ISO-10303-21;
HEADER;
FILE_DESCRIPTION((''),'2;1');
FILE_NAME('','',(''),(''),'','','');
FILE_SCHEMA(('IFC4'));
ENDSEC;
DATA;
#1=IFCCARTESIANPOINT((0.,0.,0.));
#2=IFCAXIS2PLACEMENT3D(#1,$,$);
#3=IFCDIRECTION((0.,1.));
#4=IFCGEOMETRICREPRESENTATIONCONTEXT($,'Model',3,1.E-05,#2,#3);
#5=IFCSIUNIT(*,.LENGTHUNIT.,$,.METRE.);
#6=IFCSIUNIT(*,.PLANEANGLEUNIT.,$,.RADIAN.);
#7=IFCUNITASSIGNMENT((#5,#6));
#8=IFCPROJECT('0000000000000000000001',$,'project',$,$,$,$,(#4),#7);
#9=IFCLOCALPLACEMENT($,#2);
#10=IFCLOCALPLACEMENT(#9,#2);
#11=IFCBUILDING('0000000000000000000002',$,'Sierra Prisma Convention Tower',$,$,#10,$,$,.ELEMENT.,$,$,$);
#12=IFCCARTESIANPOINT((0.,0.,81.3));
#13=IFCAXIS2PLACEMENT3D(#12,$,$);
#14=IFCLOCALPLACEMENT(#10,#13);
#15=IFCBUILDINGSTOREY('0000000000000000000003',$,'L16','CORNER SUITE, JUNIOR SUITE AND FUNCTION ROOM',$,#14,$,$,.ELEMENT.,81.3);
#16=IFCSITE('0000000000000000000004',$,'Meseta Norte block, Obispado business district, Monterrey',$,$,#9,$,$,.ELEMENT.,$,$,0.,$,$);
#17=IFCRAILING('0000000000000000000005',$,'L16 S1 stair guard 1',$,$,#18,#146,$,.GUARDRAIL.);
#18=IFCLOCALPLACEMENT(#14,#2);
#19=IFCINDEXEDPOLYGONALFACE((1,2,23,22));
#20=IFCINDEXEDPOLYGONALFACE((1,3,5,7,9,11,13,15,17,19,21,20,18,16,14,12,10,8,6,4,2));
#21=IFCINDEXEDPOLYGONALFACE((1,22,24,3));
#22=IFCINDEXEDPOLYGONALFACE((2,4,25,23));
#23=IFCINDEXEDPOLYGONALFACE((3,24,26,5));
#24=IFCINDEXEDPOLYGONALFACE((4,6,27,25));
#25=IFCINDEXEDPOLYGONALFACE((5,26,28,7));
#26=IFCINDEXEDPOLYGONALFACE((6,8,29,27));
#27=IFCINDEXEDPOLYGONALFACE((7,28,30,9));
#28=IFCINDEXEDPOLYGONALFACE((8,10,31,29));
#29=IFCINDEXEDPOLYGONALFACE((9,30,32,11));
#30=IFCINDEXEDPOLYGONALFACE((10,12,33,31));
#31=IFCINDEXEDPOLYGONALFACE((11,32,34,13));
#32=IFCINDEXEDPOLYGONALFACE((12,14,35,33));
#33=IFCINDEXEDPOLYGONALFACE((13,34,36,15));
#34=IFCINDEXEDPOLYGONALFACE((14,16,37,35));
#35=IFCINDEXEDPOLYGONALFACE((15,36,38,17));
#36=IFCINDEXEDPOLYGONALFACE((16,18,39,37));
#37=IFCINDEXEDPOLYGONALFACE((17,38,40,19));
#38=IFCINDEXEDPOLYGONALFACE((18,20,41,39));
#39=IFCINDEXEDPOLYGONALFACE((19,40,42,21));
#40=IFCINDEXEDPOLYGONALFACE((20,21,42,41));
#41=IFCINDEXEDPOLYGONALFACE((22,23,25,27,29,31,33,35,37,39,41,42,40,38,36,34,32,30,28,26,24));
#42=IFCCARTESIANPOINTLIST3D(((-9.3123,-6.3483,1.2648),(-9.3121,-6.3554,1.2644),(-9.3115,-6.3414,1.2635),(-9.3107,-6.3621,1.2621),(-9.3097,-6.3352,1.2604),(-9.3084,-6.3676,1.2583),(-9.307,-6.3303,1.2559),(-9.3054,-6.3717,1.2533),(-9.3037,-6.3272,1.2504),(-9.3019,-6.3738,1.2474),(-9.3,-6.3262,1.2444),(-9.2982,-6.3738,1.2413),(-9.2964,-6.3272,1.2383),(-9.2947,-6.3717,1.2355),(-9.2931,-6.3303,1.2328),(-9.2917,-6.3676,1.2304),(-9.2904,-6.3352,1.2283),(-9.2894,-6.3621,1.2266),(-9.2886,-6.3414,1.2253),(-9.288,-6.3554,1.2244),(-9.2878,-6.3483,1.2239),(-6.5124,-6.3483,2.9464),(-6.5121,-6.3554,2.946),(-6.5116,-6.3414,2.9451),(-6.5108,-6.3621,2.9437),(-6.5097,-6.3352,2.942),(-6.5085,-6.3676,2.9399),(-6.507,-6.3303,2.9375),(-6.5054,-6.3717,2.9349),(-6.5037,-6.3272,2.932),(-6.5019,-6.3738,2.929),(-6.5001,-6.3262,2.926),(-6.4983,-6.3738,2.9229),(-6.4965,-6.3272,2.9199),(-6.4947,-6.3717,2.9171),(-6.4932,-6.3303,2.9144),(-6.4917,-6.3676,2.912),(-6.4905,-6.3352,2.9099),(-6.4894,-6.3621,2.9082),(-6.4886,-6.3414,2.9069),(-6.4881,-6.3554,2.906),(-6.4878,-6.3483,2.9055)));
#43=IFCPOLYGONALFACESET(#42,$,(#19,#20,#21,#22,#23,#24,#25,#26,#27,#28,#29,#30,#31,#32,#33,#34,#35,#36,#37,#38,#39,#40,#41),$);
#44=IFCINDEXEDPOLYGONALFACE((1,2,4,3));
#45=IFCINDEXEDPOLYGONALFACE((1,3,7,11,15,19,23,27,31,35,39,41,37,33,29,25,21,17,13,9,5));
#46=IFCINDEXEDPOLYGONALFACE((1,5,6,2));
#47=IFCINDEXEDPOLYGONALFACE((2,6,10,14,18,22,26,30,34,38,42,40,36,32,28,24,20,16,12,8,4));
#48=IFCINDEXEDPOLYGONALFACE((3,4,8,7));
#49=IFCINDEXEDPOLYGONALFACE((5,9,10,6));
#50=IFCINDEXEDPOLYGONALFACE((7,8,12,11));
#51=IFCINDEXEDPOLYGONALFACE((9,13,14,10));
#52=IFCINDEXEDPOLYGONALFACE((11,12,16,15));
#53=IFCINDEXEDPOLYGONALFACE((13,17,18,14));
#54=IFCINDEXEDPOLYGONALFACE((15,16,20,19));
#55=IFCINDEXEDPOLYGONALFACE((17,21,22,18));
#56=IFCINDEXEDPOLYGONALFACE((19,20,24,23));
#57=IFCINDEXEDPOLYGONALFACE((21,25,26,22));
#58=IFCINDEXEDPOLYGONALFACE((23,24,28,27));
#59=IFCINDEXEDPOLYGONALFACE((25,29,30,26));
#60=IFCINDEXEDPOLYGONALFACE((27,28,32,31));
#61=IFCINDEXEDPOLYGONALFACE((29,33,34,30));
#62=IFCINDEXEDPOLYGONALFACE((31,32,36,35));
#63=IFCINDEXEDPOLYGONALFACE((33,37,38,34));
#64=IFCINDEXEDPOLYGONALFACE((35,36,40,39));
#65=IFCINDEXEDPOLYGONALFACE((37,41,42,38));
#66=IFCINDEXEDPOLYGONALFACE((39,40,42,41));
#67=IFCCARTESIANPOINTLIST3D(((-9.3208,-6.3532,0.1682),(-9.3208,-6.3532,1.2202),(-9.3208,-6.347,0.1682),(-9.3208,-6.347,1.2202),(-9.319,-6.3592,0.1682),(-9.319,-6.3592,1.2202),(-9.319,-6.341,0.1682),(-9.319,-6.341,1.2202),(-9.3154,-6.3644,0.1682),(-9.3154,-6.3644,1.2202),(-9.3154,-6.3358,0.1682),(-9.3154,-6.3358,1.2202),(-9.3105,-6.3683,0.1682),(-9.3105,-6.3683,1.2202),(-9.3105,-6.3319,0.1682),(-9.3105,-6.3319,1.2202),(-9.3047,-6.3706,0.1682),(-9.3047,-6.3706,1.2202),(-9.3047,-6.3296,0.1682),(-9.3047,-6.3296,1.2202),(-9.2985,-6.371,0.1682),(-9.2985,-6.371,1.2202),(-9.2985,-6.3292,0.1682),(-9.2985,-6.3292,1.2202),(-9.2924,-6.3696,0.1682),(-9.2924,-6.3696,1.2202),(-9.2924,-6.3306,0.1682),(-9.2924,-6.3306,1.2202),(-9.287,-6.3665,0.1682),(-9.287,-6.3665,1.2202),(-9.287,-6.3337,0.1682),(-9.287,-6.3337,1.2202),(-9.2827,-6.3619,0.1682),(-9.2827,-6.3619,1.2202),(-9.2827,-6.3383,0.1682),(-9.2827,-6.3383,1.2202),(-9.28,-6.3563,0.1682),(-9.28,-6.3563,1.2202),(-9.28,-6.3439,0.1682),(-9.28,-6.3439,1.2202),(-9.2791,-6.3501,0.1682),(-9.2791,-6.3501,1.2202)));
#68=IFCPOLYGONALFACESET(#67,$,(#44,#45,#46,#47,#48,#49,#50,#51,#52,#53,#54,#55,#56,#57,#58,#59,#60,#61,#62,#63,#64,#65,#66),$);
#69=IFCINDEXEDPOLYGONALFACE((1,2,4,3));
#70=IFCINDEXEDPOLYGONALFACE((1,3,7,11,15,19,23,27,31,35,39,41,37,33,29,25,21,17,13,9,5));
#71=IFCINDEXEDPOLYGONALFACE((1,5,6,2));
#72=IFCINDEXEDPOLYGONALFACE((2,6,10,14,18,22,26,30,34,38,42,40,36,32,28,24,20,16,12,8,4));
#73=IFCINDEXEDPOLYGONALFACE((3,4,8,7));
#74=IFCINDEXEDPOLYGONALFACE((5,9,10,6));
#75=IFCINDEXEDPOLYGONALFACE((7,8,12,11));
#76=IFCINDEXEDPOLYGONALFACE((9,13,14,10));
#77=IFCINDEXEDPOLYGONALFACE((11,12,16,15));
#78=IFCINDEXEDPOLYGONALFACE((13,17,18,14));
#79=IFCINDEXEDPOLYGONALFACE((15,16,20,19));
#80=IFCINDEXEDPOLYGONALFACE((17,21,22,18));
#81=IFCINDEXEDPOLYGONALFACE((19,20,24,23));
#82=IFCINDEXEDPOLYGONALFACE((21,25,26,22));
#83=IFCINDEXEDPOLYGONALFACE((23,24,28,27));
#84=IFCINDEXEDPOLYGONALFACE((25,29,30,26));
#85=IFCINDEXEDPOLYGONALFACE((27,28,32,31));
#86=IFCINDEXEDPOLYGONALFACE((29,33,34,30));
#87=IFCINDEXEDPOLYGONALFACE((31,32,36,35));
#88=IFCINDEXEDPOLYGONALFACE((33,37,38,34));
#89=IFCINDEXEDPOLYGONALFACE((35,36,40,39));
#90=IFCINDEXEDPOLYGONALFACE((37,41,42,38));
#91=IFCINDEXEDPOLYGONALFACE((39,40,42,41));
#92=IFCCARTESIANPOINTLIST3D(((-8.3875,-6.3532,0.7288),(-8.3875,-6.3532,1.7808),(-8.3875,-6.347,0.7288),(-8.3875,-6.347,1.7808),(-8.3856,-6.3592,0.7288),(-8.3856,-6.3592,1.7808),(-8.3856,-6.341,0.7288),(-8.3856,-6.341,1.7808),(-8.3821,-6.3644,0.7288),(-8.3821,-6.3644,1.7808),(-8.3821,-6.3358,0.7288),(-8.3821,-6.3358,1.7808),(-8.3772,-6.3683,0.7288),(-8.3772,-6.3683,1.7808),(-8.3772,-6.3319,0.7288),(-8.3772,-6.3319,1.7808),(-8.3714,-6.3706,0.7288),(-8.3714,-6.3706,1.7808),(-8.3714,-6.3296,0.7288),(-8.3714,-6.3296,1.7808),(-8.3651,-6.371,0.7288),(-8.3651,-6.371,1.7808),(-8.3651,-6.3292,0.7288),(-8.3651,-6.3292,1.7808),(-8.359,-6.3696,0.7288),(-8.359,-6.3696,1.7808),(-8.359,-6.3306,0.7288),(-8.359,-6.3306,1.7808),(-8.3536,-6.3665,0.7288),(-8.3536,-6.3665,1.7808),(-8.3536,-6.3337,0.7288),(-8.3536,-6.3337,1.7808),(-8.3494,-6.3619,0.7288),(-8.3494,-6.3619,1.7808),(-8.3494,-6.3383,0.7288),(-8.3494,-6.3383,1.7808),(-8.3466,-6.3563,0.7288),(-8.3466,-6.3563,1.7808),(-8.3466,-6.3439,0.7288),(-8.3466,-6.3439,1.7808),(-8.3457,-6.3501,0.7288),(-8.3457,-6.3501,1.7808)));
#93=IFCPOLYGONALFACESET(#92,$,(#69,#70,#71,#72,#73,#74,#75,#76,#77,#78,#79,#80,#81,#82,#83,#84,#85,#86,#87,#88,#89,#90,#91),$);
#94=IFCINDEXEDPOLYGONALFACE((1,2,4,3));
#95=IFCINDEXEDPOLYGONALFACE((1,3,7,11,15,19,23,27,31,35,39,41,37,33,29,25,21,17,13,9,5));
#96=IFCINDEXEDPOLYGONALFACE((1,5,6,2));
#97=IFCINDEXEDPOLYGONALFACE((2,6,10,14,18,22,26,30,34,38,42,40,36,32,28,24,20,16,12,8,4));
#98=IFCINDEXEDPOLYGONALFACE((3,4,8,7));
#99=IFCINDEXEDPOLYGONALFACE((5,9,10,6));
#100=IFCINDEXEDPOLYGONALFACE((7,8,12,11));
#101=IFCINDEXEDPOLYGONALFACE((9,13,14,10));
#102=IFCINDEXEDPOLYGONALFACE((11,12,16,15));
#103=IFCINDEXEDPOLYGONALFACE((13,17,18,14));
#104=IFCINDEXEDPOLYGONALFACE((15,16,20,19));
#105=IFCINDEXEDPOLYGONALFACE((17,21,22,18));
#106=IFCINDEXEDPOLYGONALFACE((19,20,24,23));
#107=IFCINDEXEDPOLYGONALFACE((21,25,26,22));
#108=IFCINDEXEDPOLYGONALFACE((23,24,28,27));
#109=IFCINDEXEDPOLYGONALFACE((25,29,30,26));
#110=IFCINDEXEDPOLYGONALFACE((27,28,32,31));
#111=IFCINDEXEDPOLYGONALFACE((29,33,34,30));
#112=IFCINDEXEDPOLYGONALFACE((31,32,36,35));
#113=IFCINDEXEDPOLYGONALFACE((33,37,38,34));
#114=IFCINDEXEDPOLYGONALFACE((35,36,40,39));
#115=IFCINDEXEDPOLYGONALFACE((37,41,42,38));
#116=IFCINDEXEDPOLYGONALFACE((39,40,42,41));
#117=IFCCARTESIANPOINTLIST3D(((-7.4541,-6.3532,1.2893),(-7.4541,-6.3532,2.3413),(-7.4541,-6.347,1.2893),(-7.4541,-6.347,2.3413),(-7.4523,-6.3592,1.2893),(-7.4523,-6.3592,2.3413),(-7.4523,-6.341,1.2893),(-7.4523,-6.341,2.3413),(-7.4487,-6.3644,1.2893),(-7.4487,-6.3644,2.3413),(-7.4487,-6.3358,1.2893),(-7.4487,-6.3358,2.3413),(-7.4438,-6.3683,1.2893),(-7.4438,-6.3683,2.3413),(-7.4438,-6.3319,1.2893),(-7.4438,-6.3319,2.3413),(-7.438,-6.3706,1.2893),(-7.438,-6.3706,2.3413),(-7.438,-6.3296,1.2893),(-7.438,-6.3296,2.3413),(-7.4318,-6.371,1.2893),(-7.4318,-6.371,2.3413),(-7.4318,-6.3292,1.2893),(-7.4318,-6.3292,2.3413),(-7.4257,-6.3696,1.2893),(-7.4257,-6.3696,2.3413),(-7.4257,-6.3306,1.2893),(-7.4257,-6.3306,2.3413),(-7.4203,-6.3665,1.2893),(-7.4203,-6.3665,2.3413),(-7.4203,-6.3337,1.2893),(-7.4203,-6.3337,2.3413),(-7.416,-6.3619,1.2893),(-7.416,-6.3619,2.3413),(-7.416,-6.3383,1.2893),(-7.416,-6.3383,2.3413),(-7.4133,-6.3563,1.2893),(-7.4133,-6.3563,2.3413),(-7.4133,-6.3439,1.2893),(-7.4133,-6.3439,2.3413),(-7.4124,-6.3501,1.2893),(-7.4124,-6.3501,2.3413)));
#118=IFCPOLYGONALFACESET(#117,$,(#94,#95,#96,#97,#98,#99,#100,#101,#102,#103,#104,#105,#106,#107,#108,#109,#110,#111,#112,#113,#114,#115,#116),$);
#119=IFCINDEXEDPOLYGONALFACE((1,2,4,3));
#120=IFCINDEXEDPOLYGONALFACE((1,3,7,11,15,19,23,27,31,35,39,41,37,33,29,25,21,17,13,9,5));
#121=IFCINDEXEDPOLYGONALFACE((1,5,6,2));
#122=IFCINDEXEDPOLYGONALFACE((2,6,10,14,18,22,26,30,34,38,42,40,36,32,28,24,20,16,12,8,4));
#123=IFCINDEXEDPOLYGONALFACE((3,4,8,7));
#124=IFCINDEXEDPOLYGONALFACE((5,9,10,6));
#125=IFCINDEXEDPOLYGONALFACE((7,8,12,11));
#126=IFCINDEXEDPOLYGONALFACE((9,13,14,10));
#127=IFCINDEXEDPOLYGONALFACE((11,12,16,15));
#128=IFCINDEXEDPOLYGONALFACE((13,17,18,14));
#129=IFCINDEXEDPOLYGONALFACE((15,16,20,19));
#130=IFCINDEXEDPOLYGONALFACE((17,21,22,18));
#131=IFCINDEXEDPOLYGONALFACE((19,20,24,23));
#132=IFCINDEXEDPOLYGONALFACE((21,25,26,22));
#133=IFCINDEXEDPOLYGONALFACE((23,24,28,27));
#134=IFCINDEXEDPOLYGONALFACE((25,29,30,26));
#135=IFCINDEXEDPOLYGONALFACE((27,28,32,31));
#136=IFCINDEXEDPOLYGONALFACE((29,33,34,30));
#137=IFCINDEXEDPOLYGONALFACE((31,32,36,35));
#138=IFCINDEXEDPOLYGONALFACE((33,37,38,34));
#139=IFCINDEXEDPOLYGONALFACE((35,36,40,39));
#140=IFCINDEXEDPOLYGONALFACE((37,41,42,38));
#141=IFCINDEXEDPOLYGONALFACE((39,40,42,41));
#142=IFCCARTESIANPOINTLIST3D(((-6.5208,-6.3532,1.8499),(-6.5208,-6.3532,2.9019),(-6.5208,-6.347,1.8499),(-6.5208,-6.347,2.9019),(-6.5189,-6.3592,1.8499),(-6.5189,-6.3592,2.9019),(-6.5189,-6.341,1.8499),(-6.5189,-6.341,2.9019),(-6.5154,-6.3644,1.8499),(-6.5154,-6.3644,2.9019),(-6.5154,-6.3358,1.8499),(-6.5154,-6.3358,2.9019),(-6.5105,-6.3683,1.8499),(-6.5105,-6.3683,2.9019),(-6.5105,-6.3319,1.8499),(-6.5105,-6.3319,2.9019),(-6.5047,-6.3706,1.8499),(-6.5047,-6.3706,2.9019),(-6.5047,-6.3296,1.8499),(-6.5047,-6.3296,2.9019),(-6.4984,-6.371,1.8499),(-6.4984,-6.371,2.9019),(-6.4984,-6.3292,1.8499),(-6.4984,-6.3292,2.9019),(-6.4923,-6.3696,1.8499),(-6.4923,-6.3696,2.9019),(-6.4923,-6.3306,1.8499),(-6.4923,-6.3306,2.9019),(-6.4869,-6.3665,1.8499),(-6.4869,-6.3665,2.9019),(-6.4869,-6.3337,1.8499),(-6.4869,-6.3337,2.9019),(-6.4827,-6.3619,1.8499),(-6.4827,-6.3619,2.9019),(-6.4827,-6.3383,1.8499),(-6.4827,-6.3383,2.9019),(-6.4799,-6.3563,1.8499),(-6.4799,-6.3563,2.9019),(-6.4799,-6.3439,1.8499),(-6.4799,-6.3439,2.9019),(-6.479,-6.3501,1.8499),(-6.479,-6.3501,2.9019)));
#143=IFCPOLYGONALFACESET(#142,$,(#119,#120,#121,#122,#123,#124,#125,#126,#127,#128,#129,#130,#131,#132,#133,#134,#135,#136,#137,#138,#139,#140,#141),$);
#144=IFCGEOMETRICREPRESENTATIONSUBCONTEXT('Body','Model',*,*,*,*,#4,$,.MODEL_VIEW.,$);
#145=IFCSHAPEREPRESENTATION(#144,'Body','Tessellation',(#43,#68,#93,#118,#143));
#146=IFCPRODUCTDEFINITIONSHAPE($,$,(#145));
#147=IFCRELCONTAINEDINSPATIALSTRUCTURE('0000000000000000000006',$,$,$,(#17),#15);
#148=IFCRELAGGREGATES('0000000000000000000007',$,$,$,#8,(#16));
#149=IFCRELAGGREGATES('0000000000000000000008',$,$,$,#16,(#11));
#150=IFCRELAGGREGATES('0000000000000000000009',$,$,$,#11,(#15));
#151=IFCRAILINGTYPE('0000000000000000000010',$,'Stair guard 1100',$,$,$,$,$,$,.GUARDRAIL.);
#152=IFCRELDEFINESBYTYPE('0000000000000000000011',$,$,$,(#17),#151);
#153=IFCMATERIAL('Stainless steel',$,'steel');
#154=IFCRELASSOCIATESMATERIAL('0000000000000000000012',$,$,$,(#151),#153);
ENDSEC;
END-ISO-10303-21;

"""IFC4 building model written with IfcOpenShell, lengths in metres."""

from ifc_helpers import new_model, si_unit, direction, frame, origin, origin_2d, place, context, subcontext, project, spatial, circle, extrude, material, type_object, element, save


model = new_model("IFC4")

# Units and contexts
model_context = context("Model", 3, precision=1e-05, world=origin(), true_north=direction((0.0, 1.0)))
body_context = subcontext(model_context, "Body", "Model", "MODEL_VIEW")
ifc_project = project(units=[si_unit("LENGTHUNIT", "METRE"), si_unit("PLANEANGLEUNIT", "RADIAN")], contexts=[model_context])

# Site, building, storey
site_placement = place(None, origin())
site = spatial("IfcSite", under=ifc_project, at=site_placement, Name="Meseta Norte block, Obispado business district, Monterrey", CompositionType="ELEMENT", RefElevation=0.0)
building_placement = place(site_placement, origin())
building = spatial("IfcBuilding", under=site, at=building_placement, Name="Sierra Prisma Convention Tower", CompositionType="ELEMENT")
storey_placement = place(building_placement, frame((0.0, 0.0, 81.3)))
storey = spatial("IfcBuildingStorey", under=building, at=storey_placement, Name="L16", Description="CORNER SUITE, JUNIOR SUITE AND FUNCTION ROOM", CompositionType="ELEMENT", Elevation=81.3)

# Railing
ifc_material_1 = material(Name="Stainless steel", Category="steel")
railing_type_1 = type_object("IfcRailingType", Name="Stair guard 1100", PredefinedType="GUARDRAIL", material=ifc_material_1)
railing_1_placement = place(storey_placement, frame((-9.3, -6.3501, 0.1682)))
element("IfcRailing", 1, at=railing_1_placement, inside=storey, type_object=railing_type_1, Name="L16 S1 stair guard 1", PredefinedType="GUARDRAIL", context=body_context, shape_type="SweptSolid", body=[
    extrude(circle(Radius=0.0239, at=origin_2d()), frame((0.0, 0.0, 1.0762), z_axis=(0.857275, 0.0, 0.514858), x_axis=(0.0, 1.0, 0.0)), (0.0, 0.0, 1.0), 3.2661),
    extrude(circle(Radius=0.021, at=origin_2d()), origin(), (0.0, 0.0, 1.0), 1.052),
    extrude(circle(Radius=0.021, at=origin_2d()), frame((0.9333, 0.0, 0.5605)), (0.0, 0.0, 1.0), 1.052),
    extrude(circle(Radius=0.021, at=origin_2d()), frame((1.8667, 0.0, 1.1211)), (0.0, 0.0, 1.0), 1.052),
    extrude(circle(Radius=0.021, at=origin_2d()), frame((2.8, 0.0, 1.6816)), (0.0, 0.0, 1.0), 1.052),
])

save(model, "model.ifc")
